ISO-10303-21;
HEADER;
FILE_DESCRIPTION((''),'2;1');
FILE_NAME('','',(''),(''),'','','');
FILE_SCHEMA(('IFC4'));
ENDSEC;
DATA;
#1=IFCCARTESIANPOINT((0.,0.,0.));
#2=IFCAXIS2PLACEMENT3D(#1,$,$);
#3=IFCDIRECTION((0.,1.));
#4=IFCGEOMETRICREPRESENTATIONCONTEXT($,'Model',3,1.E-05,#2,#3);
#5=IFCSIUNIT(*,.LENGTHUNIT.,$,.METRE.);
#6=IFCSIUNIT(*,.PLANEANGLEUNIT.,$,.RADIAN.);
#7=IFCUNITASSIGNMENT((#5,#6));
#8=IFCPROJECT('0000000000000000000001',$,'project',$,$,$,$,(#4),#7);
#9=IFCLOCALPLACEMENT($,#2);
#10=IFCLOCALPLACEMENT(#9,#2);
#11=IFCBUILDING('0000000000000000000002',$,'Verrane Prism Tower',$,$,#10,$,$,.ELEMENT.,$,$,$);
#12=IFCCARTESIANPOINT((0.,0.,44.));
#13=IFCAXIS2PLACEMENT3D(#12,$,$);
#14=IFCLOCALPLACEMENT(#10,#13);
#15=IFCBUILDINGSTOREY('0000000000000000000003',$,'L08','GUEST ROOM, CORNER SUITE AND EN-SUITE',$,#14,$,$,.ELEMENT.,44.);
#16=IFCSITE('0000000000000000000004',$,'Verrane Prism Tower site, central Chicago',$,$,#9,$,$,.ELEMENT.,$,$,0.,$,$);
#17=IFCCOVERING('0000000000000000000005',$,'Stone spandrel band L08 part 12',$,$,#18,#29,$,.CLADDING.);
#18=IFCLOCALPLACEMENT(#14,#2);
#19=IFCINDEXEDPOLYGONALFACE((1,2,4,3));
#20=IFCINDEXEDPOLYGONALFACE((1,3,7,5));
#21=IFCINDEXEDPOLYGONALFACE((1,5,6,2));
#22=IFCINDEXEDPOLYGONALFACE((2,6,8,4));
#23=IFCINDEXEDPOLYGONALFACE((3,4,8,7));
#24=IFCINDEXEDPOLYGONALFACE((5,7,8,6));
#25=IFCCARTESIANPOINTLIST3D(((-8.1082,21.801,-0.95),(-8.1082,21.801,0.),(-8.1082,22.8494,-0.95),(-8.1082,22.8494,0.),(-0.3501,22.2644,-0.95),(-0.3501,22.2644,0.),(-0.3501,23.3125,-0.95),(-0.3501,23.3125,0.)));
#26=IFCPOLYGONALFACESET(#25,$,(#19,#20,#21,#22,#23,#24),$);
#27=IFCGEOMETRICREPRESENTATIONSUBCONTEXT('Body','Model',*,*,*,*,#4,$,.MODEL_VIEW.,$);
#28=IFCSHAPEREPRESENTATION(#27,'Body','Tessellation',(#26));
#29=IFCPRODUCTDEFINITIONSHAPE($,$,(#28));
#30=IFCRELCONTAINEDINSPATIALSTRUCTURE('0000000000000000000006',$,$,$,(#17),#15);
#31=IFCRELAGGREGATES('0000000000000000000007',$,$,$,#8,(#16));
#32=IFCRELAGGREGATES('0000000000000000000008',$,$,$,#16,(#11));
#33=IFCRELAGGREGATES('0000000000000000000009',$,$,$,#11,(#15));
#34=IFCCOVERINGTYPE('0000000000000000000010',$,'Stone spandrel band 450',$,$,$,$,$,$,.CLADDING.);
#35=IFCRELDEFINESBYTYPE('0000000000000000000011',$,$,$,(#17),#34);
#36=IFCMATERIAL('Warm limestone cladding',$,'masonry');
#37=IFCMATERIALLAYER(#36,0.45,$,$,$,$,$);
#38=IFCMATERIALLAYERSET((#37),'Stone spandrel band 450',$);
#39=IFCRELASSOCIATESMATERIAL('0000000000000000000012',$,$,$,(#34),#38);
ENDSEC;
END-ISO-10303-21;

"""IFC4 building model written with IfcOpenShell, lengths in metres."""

from ifc_helpers import new_model, si_unit, direction, frame, origin, place, context, subcontext, project, spatial, polyline, outline, extrude, material, layer, layer_set, type_object, element, save


model = new_model("IFC4")

# Units and contexts
model_context = context("Model", 3, precision=1e-05, world=origin(), true_north=direction((0.0, 1.0)))
body_context = subcontext(model_context, "Body", "Model", "MODEL_VIEW")
ifc_project = project(units=[si_unit("LENGTHUNIT", "METRE"), si_unit("PLANEANGLEUNIT", "RADIAN")], contexts=[model_context])

# Site, building, storey
site_placement = place(None, origin())
site = spatial("IfcSite", under=ifc_project, at=site_placement, Name="Verrane Prism Tower site, central Chicago", CompositionType="ELEMENT", RefElevation=0.0)
building_placement = place(site_placement, origin())
building = spatial("IfcBuilding", under=site, at=building_placement, Name="Verrane Prism Tower", CompositionType="ELEMENT")
storey_placement = place(building_placement, frame((0.0, 0.0, 44.0)))
storey = spatial("IfcBuildingStorey", under=building, at=storey_placement, Name="L08", Description="GUEST ROOM, CORNER SUITE AND EN-SUITE", CompositionType="ELEMENT", Elevation=44.0)

# Covering
ifc_material_1 = material(Name="Warm limestone cladding", Category="masonry")
ifc_layer_1 = layer(ifc_material_1, 0.45)
ifc_layer_set_1 = layer_set([ifc_layer_1], Name="Stone spandrel band 450")
covering_type = type_object("IfcCoveringType", Name="Stone spandrel band 450", PredefinedType="CLADDING", material=ifc_layer_set_1)
covering_1_placement = place(storey_placement, frame((0.0, 0.0, -0.95)))
element("IfcCovering", 1, at=covering_1_placement, inside=storey, type_object=covering_type, Name="Stone spandrel band L08 part 12", PredefinedType="CLADDING", context=body_context, shape_type="SweptSolid", body=[
    extrude(outline(polyline([(-8.1082, 22.8494), (-8.1082, 21.801), (-0.3501, 22.2644), (-0.3501, 23.3125), (-8.1082, 22.8494)])), origin(), (0.0, 0.0, 1.0), 0.95),
])

save(model, "model.ifc")
